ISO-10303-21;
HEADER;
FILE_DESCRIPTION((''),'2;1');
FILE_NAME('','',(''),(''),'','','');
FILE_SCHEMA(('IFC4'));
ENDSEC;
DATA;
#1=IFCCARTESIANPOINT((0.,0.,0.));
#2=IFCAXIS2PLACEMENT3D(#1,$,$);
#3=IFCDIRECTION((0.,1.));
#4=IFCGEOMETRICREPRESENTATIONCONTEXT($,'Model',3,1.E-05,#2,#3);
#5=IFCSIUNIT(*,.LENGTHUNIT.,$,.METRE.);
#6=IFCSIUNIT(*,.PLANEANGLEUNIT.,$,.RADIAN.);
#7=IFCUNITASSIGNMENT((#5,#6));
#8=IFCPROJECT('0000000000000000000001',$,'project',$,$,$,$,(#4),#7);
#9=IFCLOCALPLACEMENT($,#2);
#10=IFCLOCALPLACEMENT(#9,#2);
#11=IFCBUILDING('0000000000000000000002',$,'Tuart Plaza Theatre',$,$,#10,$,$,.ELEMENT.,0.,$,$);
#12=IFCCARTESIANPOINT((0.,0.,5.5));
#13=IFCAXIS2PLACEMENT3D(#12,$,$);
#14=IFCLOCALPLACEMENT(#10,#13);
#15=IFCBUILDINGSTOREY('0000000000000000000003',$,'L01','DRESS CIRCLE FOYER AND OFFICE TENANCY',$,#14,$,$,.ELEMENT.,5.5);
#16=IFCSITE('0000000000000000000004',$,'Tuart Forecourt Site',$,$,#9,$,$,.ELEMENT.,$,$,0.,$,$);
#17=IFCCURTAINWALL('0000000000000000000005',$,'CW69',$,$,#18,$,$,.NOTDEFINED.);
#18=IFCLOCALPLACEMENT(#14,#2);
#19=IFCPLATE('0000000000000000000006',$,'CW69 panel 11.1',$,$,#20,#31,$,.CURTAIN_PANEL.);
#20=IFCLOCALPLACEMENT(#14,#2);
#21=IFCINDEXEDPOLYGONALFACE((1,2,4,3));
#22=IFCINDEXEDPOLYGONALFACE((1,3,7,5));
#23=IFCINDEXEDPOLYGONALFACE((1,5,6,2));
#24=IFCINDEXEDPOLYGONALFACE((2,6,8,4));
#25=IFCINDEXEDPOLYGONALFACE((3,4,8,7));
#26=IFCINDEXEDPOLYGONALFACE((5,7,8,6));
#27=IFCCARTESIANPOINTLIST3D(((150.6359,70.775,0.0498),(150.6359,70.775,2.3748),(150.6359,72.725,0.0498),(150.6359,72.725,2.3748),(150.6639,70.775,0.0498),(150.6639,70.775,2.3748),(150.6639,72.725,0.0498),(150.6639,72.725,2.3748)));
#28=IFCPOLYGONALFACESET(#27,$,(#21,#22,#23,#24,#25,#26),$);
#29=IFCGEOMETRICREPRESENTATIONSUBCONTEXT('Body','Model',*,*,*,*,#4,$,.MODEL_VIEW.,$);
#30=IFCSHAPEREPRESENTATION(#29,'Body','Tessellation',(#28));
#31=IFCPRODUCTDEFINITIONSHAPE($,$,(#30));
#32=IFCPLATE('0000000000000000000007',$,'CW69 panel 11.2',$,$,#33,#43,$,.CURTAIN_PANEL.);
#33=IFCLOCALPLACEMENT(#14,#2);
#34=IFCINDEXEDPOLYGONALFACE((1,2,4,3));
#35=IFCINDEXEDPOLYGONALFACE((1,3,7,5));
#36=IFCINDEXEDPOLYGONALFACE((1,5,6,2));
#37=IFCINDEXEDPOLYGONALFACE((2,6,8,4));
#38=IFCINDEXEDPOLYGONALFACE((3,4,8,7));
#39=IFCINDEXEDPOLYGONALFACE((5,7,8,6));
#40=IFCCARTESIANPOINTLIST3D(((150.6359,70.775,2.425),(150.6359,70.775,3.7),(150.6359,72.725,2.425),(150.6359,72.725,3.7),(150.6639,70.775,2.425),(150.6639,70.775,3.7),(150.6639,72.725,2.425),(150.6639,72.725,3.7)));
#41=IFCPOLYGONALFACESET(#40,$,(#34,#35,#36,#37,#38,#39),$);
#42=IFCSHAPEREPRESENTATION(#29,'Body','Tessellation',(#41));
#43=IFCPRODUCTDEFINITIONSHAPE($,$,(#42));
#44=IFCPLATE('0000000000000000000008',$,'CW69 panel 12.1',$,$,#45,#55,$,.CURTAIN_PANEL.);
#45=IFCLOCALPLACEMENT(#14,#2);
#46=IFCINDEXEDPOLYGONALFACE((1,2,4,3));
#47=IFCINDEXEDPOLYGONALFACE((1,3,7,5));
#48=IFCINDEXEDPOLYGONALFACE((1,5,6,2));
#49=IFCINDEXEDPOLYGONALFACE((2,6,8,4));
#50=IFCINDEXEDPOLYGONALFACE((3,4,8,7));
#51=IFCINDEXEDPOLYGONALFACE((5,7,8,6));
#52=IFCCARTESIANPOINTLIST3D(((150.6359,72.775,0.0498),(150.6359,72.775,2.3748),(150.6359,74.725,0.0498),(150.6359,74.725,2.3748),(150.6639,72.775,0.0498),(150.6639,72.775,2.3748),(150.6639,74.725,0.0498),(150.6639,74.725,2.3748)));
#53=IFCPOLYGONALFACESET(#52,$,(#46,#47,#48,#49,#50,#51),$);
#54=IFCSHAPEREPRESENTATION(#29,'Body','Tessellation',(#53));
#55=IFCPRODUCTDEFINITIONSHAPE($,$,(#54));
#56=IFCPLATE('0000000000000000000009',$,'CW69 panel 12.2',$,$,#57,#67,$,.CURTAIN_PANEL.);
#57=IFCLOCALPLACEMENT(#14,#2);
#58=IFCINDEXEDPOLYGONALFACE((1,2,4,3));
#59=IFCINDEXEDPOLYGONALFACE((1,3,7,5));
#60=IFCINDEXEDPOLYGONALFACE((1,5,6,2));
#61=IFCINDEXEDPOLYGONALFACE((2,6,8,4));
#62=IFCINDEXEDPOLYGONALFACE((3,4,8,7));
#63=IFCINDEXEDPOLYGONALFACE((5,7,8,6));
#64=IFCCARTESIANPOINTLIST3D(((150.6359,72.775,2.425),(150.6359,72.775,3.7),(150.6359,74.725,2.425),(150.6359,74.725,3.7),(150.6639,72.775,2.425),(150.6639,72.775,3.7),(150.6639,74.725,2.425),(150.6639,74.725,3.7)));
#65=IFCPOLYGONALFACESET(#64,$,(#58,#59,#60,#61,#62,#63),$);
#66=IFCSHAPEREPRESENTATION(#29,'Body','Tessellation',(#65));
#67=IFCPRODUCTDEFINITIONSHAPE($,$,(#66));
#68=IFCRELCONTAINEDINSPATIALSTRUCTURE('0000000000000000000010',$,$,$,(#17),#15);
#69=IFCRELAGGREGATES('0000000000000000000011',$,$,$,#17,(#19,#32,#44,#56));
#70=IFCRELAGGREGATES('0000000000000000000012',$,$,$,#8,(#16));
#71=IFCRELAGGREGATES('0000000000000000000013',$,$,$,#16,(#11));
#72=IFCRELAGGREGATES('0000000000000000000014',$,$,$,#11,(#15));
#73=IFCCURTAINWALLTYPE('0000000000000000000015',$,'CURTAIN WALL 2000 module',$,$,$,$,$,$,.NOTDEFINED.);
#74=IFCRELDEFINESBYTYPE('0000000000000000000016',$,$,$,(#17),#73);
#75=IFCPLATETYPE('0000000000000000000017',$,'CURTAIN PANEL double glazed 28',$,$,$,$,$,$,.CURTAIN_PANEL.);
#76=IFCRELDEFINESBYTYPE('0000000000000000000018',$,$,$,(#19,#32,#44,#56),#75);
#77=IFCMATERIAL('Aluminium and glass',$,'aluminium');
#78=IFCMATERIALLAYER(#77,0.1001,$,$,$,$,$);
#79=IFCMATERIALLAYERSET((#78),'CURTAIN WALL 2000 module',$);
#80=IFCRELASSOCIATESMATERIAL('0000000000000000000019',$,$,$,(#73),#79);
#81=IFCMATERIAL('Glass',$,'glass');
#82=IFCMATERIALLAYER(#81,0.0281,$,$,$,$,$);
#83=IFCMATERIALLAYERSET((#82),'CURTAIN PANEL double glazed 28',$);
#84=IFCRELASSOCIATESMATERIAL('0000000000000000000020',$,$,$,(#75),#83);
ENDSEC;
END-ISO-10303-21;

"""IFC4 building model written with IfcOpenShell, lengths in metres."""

from ifc_helpers import new_model, si_unit, direction, frame, origin, origin_2d, place, context, subcontext, project, spatial, rectangle, extrude, material, layer, layer_set, type_object, element, aggregate, save


model = new_model("IFC4")

# Units and contexts
model_context = context("Model", 3, precision=1e-05, world=origin(), true_north=direction((0.0, 1.0)))
body_context = subcontext(model_context, "Body", "Model", "MODEL_VIEW")
ifc_project = project(units=[si_unit("LENGTHUNIT", "METRE"), si_unit("PLANEANGLEUNIT", "RADIAN")], contexts=[model_context])

# Site, building, storey
site_placement = place(None, origin())
site = spatial("IfcSite", under=ifc_project, at=site_placement, Name="Tuart Forecourt Site", CompositionType="ELEMENT", RefElevation=0.0)
building_placement = place(site_placement, origin())
building = spatial("IfcBuilding", under=site, at=building_placement, Name="Tuart Plaza Theatre", CompositionType="ELEMENT", ElevationOfRefHeight=0.0)
storey_placement = place(building_placement, frame((0.0, 0.0, 5.5)))
storey = spatial("IfcBuildingStorey", under=building, at=storey_placement, Name="L01", Description="DRESS CIRCLE FOYER AND OFFICE TENANCY", CompositionType="ELEMENT", Elevation=5.5)

# Curtain wall, plates
ifc_material_1 = material(Name="Aluminium and glass", Category="aluminium")
ifc_layer_1 = layer(ifc_material_1, 0.1001)
ifc_layer_set_1 = layer_set([ifc_layer_1], Name="CURTAIN WALL 2000 module")
curtain_wall_type = type_object("IfcCurtainWallType", Name="CURTAIN WALL 2000 module", PredefinedType="NOTDEFINED", material=ifc_layer_set_1)
curtain_wall_placement = place(storey_placement, origin())
curtain_wall = element("IfcCurtainWall", 1, at=curtain_wall_placement, inside=storey, type_object=curtain_wall_type, Name="CW69", PredefinedType="NOTDEFINED")
ifc_material_2 = material(Name="Glass", Category="glass")
ifc_layer_2 = layer(ifc_material_2, 0.0281)
ifc_layer_set_2 = layer_set([ifc_layer_2], Name="CURTAIN PANEL double glazed 28")
plate_type = type_object("IfcPlateType", Name="CURTAIN PANEL double glazed 28", PredefinedType="CURTAIN_PANEL", material=ifc_layer_set_2)
plate_1_placement = place(storey_placement, frame((150.6499, 71.75, 0.0498), z_axis=(0.0, 0.0, 1.0), x_axis=(0.0, 1.0, 0.0)))
plate_1 = element("IfcPlate", 2, at=plate_1_placement, type_object=plate_type, Name="CW69 panel 11.1", PredefinedType="CURTAIN_PANEL", context=body_context, shape_type="SweptSolid", body=[
    extrude(rectangle(XDim=1.95, YDim=0.0281, at=origin_2d()), origin(), (0.0, 0.0, 1.0), 2.325),
])
plate_2_placement = place(storey_placement, frame((150.6499, 71.75, 2.425), z_axis=(0.0, 0.0, 1.0), x_axis=(0.0, 1.0, 0.0)))
plate_2 = element("IfcPlate", 3, at=plate_2_placement, type_object=plate_type, Name="CW69 panel 11.2", PredefinedType="CURTAIN_PANEL", context=body_context, shape_type="SweptSolid", body=[
    extrude(rectangle(XDim=1.95, YDim=0.0281, at=origin_2d()), origin(), (0.0, 0.0, 1.0), 1.2749),
])
plate_3_placement = place(storey_placement, frame((150.6499, 73.75, 0.0498), z_axis=(0.0, 0.0, 1.0), x_axis=(0.0, 1.0, 0.0)))
plate_3 = element("IfcPlate", 4, at=plate_3_placement, type_object=plate_type, Name="CW69 panel 12.1", PredefinedType="CURTAIN_PANEL", context=body_context, shape_type="SweptSolid", body=[
    extrude(rectangle(XDim=1.95, YDim=0.0281, at=origin_2d()), origin(), (0.0, 0.0, 1.0), 2.325),
])
plate_4_placement = place(storey_placement, frame((150.6499, 73.75, 2.425), z_axis=(0.0, 0.0, 1.0), x_axis=(0.0, 1.0, 0.0)))
plate_4 = element("IfcPlate", 5, at=plate_4_placement, type_object=plate_type, Name="CW69 panel 12.2", PredefinedType="CURTAIN_PANEL", context=body_context, shape_type="SweptSolid", body=[
    extrude(rectangle(XDim=1.95, YDim=0.0281, at=origin_2d()), origin(), (0.0, 0.0, 1.0), 1.2749),
])
aggregate(curtain_wall, [plate_1, plate_2, plate_3, plate_4])

save(model, "model.ifc")
